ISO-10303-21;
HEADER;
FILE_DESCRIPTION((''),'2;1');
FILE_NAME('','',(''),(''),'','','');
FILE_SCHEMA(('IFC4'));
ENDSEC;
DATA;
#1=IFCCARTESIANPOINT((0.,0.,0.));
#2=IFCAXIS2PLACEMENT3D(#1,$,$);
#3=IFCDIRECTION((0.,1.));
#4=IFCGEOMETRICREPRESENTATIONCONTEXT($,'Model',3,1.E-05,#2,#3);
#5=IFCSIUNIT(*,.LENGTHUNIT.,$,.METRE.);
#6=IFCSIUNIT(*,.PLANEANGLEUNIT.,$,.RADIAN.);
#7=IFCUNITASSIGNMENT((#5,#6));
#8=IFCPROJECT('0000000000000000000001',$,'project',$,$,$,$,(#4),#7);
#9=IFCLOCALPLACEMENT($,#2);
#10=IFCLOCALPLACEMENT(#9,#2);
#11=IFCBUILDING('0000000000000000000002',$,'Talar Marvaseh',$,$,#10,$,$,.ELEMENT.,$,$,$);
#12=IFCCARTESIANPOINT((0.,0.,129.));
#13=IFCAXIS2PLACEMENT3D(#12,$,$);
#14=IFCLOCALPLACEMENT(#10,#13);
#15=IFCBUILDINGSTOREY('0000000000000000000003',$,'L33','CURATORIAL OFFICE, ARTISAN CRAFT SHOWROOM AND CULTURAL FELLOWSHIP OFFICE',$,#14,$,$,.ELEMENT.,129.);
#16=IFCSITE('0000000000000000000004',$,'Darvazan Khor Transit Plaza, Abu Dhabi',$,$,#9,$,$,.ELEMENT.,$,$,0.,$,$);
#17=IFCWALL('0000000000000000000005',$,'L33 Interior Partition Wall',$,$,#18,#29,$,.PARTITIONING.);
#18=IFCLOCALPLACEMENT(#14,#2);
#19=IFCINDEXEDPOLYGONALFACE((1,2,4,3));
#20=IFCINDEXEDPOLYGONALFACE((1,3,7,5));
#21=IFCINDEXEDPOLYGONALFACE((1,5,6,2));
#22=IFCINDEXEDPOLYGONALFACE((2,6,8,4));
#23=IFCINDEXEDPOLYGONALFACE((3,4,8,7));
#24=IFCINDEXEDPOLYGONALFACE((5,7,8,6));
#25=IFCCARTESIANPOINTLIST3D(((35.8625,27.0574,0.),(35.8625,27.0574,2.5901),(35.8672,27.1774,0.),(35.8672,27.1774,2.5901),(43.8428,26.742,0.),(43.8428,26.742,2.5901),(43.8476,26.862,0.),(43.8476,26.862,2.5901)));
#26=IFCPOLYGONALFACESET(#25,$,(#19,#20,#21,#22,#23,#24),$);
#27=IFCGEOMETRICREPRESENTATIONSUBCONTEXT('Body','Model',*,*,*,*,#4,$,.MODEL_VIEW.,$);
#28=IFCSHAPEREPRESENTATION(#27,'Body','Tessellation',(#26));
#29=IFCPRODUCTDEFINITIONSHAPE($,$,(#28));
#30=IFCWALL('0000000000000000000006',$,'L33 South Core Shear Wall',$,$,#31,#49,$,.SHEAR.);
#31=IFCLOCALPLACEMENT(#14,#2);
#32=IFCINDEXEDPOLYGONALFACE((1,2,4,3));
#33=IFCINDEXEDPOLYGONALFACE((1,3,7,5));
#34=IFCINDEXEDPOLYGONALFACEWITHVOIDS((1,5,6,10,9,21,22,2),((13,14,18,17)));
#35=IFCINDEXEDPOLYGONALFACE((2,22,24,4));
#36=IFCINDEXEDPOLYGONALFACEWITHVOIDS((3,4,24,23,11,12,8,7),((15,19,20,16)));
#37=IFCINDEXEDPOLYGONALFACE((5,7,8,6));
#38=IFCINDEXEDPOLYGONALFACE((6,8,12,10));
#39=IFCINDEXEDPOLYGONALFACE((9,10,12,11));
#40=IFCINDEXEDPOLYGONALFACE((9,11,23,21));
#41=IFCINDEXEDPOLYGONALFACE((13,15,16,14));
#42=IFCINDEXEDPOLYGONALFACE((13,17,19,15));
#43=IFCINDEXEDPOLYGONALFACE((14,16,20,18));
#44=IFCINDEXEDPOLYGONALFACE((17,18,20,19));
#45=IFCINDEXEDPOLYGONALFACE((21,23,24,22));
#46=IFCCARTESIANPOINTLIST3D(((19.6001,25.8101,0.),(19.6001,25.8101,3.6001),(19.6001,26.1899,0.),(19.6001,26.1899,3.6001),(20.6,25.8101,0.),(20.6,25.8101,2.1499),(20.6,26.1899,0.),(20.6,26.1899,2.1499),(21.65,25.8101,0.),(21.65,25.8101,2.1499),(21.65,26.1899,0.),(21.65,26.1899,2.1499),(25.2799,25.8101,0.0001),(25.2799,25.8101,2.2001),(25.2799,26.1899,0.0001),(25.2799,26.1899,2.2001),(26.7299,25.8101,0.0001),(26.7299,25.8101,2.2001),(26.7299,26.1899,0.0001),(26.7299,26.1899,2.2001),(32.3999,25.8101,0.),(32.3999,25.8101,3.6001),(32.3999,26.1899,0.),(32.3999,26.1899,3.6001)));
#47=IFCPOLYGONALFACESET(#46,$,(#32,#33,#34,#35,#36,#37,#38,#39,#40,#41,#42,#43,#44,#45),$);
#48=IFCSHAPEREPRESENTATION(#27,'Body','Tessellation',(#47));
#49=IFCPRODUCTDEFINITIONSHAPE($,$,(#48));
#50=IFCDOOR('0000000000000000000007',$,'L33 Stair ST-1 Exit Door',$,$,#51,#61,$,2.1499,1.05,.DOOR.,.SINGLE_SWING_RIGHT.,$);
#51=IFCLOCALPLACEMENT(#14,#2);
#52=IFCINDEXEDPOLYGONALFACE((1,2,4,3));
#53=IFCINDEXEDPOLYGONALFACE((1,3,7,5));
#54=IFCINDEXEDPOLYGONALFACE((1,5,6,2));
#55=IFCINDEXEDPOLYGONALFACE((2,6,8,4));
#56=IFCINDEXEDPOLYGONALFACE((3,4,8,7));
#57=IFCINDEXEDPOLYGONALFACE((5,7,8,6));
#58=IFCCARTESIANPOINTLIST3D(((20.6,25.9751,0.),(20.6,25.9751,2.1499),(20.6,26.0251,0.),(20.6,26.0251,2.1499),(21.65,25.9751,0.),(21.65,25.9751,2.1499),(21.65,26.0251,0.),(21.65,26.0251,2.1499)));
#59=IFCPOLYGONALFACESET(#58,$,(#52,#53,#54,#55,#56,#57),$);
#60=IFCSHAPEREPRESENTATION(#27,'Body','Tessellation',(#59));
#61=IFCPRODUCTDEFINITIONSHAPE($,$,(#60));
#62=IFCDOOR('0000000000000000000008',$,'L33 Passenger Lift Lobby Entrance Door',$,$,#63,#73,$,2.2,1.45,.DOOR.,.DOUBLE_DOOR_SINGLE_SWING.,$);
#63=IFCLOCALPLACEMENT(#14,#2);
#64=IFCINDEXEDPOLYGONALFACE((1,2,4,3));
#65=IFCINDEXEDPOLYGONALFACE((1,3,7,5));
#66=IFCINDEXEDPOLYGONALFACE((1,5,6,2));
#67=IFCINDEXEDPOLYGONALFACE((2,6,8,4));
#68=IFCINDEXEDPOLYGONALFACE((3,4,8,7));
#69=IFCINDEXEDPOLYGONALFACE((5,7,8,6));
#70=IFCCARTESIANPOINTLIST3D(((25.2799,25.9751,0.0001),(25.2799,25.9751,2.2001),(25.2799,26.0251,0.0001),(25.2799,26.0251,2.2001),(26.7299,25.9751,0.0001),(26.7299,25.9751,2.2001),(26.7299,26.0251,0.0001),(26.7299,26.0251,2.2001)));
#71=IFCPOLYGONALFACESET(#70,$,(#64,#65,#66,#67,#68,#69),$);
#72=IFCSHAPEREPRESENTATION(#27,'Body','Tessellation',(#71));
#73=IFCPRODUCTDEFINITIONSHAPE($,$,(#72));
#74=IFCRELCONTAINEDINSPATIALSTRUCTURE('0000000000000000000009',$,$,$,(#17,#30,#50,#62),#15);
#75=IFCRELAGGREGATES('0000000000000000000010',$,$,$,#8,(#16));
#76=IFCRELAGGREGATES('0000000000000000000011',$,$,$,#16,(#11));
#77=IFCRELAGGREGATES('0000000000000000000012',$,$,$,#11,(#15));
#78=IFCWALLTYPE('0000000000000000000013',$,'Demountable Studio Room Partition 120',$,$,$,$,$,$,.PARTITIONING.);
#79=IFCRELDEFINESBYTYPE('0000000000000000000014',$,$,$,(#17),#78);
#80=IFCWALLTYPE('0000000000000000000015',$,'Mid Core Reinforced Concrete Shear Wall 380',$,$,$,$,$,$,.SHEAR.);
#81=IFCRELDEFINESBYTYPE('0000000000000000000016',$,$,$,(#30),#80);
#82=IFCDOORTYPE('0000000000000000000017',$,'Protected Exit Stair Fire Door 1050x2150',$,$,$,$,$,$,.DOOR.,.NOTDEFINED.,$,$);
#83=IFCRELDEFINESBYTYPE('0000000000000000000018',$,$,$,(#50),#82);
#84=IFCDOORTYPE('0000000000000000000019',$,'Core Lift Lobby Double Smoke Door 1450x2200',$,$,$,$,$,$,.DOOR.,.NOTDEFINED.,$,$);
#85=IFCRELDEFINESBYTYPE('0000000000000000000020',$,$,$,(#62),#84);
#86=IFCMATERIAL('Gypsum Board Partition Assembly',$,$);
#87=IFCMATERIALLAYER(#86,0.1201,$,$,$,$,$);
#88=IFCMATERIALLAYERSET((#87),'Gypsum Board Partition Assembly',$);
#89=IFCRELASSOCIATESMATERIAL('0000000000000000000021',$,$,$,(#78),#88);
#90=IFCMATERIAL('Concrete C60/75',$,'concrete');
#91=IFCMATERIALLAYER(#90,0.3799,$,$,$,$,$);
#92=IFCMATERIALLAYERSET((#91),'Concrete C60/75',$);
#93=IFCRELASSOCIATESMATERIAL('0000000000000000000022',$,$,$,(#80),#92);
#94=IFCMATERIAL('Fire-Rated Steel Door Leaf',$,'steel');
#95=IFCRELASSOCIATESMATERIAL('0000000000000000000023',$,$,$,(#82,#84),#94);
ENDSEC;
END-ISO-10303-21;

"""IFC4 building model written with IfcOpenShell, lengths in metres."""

from ifc_helpers import new_model, si_unit, direction, frame, frame_2d, origin, place, context, subcontext, project, spatial, rectangle, extrude, source, transform, mapped, material, layer, layer_set, type_object, type_shapes, element, fill, save


model = new_model("IFC4")

# Units and contexts
model_context = context("Model", 3, precision=1e-05, world=origin(), true_north=direction((0.0, 1.0)))
body_context = subcontext(model_context, "Body", "Model", "MODEL_VIEW")
ifc_project = project(units=[si_unit("LENGTHUNIT", "METRE"), si_unit("PLANEANGLEUNIT", "RADIAN")], contexts=[model_context])

# Site, building, storey
site_placement = place(None, origin())
site = spatial("IfcSite", under=ifc_project, at=site_placement, Name="Darvazan Khor Transit Plaza, Abu Dhabi", CompositionType="ELEMENT", RefElevation=0.0)
building_placement = place(site_placement, origin())
building = spatial("IfcBuilding", under=site, at=building_placement, Name="Talar Marvaseh", CompositionType="ELEMENT")
storey_placement = place(building_placement, frame((0.0, 0.0, 129.0)))
storey = spatial("IfcBuildingStorey", under=building, at=storey_placement, Name="L33", Description="CURATORIAL OFFICE, ARTISAN CRAFT SHOWROOM AND CULTURAL FELLOWSHIP OFFICE", CompositionType="ELEMENT", Elevation=129.0)

# Shared definitions
ifc_material_1 = material(Name="Concrete C60/75", Category="concrete")

# Shared definitions
ifc_material_2 = material(Name="Gypsum Board Partition Assembly")

# Wall
ifc_layer_1 = layer(ifc_material_2, 0.1201)
ifc_layer_set_1 = layer_set([ifc_layer_1], Name="Gypsum Board Partition Assembly")
wall_type_1 = type_object("IfcWallType", Name="Demountable Studio Room Partition 120", PredefinedType="PARTITIONING", material=ifc_layer_set_1)
wall_1_placement = place(storey_placement, frame((35.865, 27.1174, 0.0), z_axis=(0.0, 0.0, 1.0), x_axis=(0.99922, -0.039496, 0.0)))
element("IfcWall", 1, at=wall_1_placement, inside=storey, type_object=wall_type_1, Name="L33 Interior Partition Wall", PredefinedType="PARTITIONING", context=body_context, shape_type="SweptSolid", body=[
    extrude(rectangle(XDim=7.9866, YDim=0.1201, at=frame_2d((3.9932, 0.0))), origin(), (0.0, 0.0, 1.0), 2.5901),
])

# Wall, openings, doors
ifc_layer_2 = layer(ifc_material_1, 0.3799)
ifc_layer_set_2 = layer_set([ifc_layer_2], Name="Concrete C60/75")
wall_type_2 = type_object("IfcWallType", Name="Mid Core Reinforced Concrete Shear Wall 380", PredefinedType="SHEAR", material=ifc_layer_set_2)
wall_2_placement = place(storey_placement, frame((32.3999, 26.0, 0.0), z_axis=(0.0, 0.0, 1.0), x_axis=(-1.0, 0.0, 0.0)))
wall_2 = element("IfcWall", 2, at=wall_2_placement, inside=storey, type_object=wall_type_2, Name="L33 South Core Shear Wall", PredefinedType="SHEAR", context=body_context, shape_type="SweptSolid", body=[
    extrude(rectangle(XDim=12.7998, YDim=0.3799, at=frame_2d((6.3999, 0.0))), origin(), (0.0, 0.0, 1.0), 3.6001),
])
opening_1_placement = place(wall_2_placement, frame((10.75, 0.0, 0.0)))
opening_1 = element("IfcOpeningElement", 3, at=opening_1_placement, cuts=wall_2, PredefinedType="OPENING", context=body_context, shape_type="SweptSolid", body=[
    extrude(rectangle(XDim=1.05, YDim=2.1499, at=frame_2d((0.5249, 1.075))), frame((0.0, 0.2, 0.0), z_axis=(0.0, -1.0, 0.0), x_axis=(1.0, 0.0, 0.0)), (0.0, 0.0, 1.0), 0.3999),
])
opening_2_placement = place(wall_2_placement, frame((5.6699, 0.0, 0.0)))
opening_2 = element("IfcOpeningElement", 4, at=opening_2_placement, cuts=wall_2, PredefinedType="OPENING", context=body_context, shape_type="SweptSolid", body=[
    extrude(rectangle(XDim=1.45, YDim=2.2, at=frame_2d((0.7251, 1.1001))), frame((0.0, 0.2, 0.0), z_axis=(0.0, -1.0, 0.0), x_axis=(1.0, 0.0, 0.0)), (0.0, 0.0, 1.0), 0.3999),
])
ifc_material_3 = material(Name="Fire-Rated Steel Door Leaf", Category="steel")
door_type_1 = type_object("IfcDoorType", Name="Protected Exit Stair Fire Door 1050x2150", OperationType="NOTDEFINED", PredefinedType="DOOR", material=ifc_material_3)
shared_shape_1 = source(origin(), body_context, "Body", "SweptSolid", [
    extrude(rectangle(XDim=1.05, YDim=2.1499, at=frame_2d((0.5249, 1.075))), frame((0.0, 0.0249, 0.0), z_axis=(0.0, -1.0, 0.0), x_axis=(1.0, 0.0, 0.0)), (0.0, 0.0, 1.0), 0.05),
])
type_shapes(door_type_1, [shared_shape_1])
door_1_placement = place(opening_1_placement, origin())
door_1 = element("IfcDoor", 5, at=door_1_placement, inside=storey, type_object=door_type_1, Name="L33 Stair ST-1 Exit Door", OperationType="SINGLE_SWING_RIGHT", OverallHeight=2.1499, OverallWidth=1.05, PredefinedType="DOOR", context=body_context, shape_type="MappedRepresentation", body=[
    mapped(shared_shape_1, transform((0.0, 0.0, 0.0), x_axis=(1.0, 0.0, 0.0), y_axis=(0.0, 1.0, 0.0), z_axis=(0.0, 0.0, 1.0), scale=1.0)),
])
fill(opening_1, door_1)
door_type_2 = type_object("IfcDoorType", Name="Core Lift Lobby Double Smoke Door 1450x2200", OperationType="NOTDEFINED", PredefinedType="DOOR", material=ifc_material_3)
shared_shape_2 = source(origin(), body_context, "Body", "SweptSolid", [
    extrude(rectangle(XDim=1.45, YDim=2.2, at=frame_2d((0.7251, 1.1001))), frame((0.0, 0.0249, 0.0), z_axis=(0.0, -1.0, 0.0), x_axis=(1.0, 0.0, 0.0)), (0.0, 0.0, 1.0), 0.05),
])
type_shapes(door_type_2, [shared_shape_2])
door_2_placement = place(opening_2_placement, origin())
door_2 = element("IfcDoor", 6, at=door_2_placement, inside=storey, type_object=door_type_2, Name="L33 Passenger Lift Lobby Entrance Door", OperationType="DOUBLE_DOOR_SINGLE_SWING", OverallHeight=2.2, OverallWidth=1.45, PredefinedType="DOOR", context=body_context, shape_type="MappedRepresentation", body=[
    mapped(shared_shape_2, transform((0.0, 0.0, 0.0), x_axis=(1.0, 0.0, 0.0), y_axis=(0.0, 1.0, 0.0), z_axis=(0.0, 0.0, 1.0), scale=1.0)),
])
fill(opening_2, door_2)

save(model, "model.ifc")
